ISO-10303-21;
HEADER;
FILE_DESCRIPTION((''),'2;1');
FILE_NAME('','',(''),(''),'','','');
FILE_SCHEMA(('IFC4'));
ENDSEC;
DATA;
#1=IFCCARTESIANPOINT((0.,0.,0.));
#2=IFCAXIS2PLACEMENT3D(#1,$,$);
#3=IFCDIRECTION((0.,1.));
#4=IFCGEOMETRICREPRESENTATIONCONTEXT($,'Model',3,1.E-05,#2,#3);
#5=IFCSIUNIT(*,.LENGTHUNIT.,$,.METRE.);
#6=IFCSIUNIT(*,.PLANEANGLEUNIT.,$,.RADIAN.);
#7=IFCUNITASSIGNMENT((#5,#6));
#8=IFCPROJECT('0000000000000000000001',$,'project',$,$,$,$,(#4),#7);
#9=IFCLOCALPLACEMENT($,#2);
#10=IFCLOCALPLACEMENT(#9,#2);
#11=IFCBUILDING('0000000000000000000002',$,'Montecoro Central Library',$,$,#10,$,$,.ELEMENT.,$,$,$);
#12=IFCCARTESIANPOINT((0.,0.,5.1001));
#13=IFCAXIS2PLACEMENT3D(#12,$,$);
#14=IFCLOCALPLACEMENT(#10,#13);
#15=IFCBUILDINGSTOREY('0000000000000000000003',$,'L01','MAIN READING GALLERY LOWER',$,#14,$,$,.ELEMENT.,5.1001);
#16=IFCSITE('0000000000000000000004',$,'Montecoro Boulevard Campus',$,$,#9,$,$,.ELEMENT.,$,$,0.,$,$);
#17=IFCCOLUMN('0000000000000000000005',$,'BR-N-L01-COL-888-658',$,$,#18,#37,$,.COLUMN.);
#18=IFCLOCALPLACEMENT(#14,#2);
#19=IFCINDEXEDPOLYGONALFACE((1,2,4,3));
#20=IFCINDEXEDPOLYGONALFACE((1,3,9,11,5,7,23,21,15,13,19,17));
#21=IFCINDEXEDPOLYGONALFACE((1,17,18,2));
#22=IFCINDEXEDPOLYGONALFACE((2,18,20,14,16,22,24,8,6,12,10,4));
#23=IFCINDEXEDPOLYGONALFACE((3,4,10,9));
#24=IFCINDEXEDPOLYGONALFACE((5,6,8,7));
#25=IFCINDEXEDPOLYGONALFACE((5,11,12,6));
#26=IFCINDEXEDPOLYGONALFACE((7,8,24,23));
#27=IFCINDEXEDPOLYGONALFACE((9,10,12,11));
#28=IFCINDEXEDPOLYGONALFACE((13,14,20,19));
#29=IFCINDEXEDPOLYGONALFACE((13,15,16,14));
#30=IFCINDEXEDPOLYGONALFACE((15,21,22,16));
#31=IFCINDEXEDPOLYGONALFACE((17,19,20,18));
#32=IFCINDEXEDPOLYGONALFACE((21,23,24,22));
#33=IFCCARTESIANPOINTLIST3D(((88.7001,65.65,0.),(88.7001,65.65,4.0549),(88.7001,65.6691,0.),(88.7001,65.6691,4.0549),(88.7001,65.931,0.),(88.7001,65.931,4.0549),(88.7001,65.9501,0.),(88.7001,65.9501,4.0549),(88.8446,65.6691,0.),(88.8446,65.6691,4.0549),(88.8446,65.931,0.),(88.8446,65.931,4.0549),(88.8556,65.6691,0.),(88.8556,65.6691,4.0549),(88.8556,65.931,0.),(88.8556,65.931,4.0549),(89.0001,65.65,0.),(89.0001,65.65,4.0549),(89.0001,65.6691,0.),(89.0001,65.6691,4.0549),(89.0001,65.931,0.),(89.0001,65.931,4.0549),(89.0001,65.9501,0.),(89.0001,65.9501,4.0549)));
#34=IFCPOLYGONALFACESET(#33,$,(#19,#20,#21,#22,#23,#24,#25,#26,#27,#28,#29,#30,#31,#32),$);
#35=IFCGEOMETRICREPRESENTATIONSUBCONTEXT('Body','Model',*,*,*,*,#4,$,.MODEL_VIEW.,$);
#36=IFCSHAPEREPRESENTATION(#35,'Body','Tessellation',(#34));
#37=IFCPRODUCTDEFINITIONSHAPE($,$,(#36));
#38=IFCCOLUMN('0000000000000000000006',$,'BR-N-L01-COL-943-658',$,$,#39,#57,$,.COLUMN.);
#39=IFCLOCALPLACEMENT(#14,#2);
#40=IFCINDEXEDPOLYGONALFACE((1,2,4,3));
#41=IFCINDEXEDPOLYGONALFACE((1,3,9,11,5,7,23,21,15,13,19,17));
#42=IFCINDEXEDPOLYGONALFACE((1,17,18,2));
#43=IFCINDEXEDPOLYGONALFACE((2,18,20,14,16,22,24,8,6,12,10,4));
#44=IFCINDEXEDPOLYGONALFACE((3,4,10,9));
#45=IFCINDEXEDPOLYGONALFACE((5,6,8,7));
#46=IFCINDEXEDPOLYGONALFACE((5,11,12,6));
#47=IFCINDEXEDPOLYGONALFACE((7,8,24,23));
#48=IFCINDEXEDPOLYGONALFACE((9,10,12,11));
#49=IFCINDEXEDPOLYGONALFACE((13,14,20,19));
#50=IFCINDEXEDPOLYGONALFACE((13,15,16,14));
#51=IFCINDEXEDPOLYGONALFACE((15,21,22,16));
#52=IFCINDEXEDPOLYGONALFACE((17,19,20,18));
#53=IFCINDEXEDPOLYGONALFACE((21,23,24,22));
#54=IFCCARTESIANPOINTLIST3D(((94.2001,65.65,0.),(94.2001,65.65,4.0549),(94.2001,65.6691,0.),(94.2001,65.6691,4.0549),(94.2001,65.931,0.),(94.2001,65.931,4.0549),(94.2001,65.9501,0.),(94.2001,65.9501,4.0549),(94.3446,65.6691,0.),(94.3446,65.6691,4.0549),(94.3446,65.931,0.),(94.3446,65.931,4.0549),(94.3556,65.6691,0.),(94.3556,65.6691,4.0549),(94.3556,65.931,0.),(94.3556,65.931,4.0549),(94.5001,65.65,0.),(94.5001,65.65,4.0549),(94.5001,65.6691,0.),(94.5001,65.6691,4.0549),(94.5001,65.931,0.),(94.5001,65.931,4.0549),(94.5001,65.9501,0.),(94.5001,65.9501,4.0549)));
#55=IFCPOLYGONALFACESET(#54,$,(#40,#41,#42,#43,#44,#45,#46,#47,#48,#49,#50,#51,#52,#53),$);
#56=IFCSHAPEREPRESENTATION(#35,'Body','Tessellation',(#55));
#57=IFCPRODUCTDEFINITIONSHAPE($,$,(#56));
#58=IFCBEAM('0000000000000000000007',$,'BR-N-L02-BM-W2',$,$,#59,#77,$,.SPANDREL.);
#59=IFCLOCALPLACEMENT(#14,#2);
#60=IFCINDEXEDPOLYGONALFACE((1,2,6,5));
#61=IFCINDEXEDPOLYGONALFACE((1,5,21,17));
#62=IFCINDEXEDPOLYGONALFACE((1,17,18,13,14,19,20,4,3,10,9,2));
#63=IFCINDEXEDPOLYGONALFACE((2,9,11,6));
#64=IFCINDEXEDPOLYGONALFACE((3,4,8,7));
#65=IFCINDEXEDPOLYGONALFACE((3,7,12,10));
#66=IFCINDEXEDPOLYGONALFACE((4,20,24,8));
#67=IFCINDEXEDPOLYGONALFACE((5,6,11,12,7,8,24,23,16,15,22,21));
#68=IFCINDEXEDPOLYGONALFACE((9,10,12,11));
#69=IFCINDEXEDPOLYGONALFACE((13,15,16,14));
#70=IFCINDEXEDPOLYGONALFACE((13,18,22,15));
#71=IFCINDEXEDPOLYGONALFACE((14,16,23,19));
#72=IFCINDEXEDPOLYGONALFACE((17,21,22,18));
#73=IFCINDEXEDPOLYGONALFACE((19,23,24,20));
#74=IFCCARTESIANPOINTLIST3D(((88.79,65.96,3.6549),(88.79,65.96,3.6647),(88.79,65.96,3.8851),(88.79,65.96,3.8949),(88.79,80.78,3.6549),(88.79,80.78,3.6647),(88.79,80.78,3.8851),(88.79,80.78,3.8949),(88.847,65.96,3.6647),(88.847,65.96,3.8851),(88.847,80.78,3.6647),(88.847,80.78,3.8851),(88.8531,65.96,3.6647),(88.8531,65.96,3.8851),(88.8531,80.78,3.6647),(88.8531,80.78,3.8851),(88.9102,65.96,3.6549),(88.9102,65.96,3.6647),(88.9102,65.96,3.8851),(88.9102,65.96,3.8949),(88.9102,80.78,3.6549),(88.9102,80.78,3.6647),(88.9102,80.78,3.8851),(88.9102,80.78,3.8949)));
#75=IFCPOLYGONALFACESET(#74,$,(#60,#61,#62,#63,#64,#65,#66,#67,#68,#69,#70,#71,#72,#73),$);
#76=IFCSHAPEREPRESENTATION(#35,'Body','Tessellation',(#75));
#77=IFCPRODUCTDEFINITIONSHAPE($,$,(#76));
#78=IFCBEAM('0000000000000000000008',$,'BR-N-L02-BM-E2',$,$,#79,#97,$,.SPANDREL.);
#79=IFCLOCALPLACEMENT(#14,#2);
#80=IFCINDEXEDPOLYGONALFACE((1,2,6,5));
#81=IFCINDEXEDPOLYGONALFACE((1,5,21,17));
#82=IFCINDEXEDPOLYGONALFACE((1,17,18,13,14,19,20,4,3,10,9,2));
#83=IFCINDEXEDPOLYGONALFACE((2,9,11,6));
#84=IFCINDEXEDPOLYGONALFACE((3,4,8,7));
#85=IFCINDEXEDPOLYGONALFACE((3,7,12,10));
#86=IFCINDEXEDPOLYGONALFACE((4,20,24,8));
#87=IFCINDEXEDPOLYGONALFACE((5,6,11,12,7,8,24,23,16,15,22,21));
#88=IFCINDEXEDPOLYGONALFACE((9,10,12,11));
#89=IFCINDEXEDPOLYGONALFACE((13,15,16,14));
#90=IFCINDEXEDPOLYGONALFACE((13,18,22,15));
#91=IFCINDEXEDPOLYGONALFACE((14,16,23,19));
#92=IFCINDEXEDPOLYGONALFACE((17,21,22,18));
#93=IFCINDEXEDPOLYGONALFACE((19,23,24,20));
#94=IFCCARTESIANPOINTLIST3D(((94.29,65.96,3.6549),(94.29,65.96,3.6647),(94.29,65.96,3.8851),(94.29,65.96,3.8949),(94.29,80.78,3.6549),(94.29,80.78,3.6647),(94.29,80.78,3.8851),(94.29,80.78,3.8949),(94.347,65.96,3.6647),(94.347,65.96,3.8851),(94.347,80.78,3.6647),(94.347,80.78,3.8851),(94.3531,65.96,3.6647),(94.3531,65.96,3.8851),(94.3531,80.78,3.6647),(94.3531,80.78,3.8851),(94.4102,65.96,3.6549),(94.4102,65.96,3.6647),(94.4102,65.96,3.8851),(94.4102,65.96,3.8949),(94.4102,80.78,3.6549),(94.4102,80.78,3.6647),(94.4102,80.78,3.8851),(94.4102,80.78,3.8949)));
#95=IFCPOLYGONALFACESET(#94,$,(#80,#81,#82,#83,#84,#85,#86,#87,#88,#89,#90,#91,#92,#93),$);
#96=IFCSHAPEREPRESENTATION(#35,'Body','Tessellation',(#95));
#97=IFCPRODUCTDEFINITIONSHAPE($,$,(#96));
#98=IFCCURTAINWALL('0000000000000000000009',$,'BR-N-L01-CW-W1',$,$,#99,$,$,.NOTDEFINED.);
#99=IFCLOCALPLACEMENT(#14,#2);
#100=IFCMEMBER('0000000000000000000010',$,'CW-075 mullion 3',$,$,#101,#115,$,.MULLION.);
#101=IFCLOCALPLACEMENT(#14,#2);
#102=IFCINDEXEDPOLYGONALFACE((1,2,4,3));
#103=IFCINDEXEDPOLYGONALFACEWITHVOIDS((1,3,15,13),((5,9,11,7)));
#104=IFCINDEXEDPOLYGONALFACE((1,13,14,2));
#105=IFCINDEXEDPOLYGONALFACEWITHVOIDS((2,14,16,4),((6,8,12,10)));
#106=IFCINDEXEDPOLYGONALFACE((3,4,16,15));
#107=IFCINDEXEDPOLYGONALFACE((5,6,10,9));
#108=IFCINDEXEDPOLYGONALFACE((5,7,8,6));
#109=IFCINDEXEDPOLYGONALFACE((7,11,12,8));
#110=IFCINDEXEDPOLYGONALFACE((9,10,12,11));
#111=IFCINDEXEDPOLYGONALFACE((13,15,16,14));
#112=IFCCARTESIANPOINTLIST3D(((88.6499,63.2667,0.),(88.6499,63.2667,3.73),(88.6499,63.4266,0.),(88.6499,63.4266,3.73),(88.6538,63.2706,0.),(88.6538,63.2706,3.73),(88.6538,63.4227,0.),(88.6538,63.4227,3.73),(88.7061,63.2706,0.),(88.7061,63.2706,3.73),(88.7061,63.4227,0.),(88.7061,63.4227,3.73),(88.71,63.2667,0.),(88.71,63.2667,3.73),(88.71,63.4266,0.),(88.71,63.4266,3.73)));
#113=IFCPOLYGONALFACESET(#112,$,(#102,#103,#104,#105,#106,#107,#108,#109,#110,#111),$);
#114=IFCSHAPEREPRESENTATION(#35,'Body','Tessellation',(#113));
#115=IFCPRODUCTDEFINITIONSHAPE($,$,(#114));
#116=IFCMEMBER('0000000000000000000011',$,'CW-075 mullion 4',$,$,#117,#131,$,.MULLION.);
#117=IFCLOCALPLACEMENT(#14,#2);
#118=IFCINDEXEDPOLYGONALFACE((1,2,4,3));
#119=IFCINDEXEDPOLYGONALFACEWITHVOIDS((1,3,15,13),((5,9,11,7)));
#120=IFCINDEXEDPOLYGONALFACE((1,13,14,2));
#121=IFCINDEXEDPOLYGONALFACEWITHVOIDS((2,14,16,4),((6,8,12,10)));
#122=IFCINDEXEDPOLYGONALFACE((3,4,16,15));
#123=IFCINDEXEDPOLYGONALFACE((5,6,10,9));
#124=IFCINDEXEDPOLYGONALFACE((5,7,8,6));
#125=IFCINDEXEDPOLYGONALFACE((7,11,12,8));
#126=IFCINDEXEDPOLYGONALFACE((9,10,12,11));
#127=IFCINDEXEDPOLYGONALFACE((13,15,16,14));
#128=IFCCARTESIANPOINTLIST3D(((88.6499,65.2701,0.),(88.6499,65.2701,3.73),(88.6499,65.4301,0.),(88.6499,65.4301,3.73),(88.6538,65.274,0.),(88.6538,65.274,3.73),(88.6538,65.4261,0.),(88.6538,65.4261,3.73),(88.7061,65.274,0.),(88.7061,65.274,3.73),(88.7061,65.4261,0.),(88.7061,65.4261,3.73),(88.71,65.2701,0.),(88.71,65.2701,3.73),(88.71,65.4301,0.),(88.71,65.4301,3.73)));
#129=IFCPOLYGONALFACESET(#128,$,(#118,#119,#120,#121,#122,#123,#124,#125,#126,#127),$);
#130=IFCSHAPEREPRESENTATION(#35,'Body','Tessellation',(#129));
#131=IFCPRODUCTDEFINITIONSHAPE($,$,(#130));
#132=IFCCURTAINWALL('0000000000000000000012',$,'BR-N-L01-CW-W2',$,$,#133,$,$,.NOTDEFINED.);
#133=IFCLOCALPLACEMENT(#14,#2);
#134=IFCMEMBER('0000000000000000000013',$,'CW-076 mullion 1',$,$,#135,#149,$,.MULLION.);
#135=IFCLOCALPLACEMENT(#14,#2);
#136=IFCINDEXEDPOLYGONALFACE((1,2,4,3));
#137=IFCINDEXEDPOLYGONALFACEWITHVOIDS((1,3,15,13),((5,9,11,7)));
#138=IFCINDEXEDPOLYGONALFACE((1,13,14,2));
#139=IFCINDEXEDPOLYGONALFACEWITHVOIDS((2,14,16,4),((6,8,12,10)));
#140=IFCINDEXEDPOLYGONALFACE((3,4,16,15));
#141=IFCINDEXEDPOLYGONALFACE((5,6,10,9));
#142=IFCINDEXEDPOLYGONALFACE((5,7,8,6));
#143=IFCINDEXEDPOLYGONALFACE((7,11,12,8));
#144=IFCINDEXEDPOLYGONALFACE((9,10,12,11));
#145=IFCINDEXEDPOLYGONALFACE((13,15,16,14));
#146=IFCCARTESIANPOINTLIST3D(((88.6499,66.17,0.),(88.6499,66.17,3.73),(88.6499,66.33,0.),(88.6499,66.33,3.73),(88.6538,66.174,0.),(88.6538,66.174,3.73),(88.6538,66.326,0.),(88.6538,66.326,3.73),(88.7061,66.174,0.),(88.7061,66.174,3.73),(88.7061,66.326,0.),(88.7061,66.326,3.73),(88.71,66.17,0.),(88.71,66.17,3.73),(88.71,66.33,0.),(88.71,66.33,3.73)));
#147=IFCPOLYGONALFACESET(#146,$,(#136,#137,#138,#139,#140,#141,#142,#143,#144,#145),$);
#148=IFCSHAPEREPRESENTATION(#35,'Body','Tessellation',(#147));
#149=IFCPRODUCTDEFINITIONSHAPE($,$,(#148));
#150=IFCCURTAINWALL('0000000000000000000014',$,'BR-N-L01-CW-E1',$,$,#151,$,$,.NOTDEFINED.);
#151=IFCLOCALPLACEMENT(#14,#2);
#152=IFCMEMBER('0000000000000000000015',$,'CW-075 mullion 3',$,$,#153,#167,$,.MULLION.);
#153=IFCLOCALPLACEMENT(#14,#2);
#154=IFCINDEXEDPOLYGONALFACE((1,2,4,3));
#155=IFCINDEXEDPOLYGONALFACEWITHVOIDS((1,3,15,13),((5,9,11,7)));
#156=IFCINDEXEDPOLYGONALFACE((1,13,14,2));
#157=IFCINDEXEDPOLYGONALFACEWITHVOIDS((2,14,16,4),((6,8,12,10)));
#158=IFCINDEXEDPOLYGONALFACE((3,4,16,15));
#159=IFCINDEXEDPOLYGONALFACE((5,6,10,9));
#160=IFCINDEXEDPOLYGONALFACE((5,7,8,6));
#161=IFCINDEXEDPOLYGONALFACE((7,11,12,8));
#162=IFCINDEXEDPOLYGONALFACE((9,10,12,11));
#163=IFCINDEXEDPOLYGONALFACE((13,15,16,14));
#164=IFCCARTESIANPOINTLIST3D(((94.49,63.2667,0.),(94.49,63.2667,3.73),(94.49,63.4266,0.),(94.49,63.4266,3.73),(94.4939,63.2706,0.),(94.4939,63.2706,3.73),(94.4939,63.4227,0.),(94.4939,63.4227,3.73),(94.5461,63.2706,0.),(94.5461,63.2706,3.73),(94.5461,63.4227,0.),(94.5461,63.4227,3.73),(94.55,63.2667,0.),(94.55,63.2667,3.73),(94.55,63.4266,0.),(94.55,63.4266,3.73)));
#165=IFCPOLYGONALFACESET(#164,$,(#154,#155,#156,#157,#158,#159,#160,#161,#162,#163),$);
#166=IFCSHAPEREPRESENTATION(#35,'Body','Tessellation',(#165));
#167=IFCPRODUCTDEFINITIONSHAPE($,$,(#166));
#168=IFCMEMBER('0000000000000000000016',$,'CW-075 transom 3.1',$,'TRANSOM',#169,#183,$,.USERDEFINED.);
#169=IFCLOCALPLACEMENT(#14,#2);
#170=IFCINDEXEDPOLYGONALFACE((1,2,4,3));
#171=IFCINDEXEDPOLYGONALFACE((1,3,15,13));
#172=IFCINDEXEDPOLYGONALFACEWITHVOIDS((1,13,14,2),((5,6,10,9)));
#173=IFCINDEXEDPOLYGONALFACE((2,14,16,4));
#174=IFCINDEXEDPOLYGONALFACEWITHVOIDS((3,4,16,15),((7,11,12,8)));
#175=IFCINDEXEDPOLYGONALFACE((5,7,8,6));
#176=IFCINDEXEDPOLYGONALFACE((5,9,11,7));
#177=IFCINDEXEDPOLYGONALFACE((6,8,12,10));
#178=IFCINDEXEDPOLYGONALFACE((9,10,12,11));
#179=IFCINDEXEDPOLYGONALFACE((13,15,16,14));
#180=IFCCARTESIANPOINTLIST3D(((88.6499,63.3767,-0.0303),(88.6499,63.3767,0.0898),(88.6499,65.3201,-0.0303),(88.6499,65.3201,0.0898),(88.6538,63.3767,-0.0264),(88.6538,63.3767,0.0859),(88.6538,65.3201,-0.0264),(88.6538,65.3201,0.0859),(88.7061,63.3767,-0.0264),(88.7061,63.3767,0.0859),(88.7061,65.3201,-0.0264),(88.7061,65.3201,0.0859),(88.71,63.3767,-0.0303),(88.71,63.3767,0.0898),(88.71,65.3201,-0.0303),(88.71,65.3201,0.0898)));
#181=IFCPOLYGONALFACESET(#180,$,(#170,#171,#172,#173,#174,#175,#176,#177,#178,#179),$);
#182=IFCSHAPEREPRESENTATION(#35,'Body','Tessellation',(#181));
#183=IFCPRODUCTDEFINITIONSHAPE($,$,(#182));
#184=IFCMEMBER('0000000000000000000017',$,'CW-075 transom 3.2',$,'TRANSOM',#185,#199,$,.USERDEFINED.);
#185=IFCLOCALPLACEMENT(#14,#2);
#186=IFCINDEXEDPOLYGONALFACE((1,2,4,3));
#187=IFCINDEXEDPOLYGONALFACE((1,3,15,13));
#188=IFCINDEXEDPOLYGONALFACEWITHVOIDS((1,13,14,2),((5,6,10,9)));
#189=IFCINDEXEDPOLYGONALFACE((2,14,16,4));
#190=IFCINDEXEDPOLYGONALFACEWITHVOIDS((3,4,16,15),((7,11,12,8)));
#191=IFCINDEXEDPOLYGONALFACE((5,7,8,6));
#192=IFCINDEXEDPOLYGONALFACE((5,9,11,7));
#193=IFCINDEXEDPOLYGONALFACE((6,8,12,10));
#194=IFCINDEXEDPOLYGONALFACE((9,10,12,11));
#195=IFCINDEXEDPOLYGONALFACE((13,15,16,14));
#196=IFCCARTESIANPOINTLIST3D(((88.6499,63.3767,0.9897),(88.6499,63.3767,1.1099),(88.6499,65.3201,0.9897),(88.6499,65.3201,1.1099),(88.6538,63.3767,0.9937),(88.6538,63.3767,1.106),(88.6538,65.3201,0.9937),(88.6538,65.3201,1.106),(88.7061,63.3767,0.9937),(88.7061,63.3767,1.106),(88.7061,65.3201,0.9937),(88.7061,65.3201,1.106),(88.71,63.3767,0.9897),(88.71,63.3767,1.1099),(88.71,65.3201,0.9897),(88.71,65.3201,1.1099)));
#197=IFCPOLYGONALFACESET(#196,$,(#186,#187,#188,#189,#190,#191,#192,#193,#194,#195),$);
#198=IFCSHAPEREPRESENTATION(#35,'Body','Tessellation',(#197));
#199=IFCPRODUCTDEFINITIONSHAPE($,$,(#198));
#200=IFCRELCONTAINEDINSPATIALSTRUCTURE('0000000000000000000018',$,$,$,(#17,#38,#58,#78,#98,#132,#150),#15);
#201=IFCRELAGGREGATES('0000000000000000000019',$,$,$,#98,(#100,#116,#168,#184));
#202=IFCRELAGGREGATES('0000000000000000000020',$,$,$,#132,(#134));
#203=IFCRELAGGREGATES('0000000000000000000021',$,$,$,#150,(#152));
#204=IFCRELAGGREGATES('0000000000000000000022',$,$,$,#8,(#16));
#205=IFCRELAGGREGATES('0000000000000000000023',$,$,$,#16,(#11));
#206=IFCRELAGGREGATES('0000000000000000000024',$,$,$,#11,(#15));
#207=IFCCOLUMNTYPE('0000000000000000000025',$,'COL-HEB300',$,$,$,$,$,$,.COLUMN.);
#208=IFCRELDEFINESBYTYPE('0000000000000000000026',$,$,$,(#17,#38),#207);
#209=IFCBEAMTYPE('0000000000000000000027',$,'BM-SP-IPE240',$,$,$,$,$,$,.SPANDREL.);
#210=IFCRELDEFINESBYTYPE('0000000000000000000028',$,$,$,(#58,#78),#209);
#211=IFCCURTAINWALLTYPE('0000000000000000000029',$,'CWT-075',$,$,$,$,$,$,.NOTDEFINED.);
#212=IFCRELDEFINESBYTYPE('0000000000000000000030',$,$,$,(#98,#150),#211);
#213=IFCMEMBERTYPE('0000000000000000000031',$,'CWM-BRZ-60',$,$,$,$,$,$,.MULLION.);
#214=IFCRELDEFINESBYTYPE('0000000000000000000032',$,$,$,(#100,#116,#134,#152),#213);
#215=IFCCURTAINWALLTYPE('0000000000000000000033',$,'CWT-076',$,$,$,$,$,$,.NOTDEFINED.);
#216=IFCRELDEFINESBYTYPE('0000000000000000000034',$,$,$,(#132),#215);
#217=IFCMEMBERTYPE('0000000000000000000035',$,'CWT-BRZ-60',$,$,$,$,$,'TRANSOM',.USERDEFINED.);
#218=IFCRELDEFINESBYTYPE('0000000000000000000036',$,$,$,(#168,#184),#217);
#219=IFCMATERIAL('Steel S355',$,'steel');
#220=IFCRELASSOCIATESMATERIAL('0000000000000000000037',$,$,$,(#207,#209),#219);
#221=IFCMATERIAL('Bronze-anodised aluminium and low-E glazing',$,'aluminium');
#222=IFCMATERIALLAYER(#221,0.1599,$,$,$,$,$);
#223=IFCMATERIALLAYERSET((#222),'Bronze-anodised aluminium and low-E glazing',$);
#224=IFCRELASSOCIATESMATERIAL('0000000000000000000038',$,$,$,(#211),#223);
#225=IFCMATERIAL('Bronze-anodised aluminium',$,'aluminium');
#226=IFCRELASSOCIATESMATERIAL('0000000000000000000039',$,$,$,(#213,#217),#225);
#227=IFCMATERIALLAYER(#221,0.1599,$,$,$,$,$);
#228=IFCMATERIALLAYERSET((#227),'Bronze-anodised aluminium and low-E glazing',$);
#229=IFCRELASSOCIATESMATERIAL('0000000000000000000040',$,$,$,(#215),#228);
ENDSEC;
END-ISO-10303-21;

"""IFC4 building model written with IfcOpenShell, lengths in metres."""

from ifc_helpers import new_model, si_unit, direction, frame, origin, origin_2d, place, context, subcontext, project, spatial, hollow_rectangle, i_section, extrude, material, layer, layer_set, material_profile, profile_set, type_object, element, aggregate, save


model = new_model("IFC4")

# Units and contexts
model_context = context("Model", 3, precision=1e-05, world=origin(), true_north=direction((0.0, 1.0)))
body_context = subcontext(model_context, "Body", "Model", "MODEL_VIEW")
ifc_project = project(units=[si_unit("LENGTHUNIT", "METRE"), si_unit("PLANEANGLEUNIT", "RADIAN")], contexts=[model_context])

# Site, building, storey
site_placement = place(None, origin())
site = spatial("IfcSite", under=ifc_project, at=site_placement, Name="Montecoro Boulevard Campus", CompositionType="ELEMENT", RefElevation=0.0)
building_placement = place(site_placement, origin())
building = spatial("IfcBuilding", under=site, at=building_placement, Name="Montecoro Central Library", CompositionType="ELEMENT")
storey_placement = place(building_placement, frame((0.0, 0.0, 5.1001)))
storey = spatial("IfcBuildingStorey", under=building, at=storey_placement, Name="L01", Description="MAIN READING GALLERY LOWER", CompositionType="ELEMENT", Elevation=5.1001)

# Columns
ifc_material_1 = material(Name="Steel S355", Category="steel")
ifc_material_profile_1 = material_profile(ifc_material_1, i_section(OverallWidth=0.3, OverallDepth=0.3, WebThickness=0.011, FlangeThickness=0.019, at=origin_2d()), Name="HEB 300")
ifc_profile_set_1 = profile_set([ifc_material_profile_1], Name="Steel S355")
column_type = type_object("IfcColumnType", Name="COL-HEB300", PredefinedType="COLUMN", material=ifc_profile_set_1)
for number, where, z_axis, x_axis, name in (
    (1, (88.8501, 65.8, 0.0), (0.0, 0.0, 1.0), (1.0, 0.0, 0.0), "BR-N-L01-COL-888-658"),
    (2, (94.3501, 65.8, 0.0), (0.0, 0.0, 1.0), (1.0, 0.0, 0.0), "BR-N-L01-COL-943-658"),
):
    element("IfcColumn", number, at=place(storey_placement, frame(where, z_axis=z_axis, x_axis=x_axis)), inside=storey, type_object=column_type, Name=name, PredefinedType="COLUMN", context=body_context, shape_type="SweptSolid", body=[
        extrude(i_section(OverallWidth=0.3, OverallDepth=0.3, WebThickness=0.011, FlangeThickness=0.019, at=origin_2d()), origin(), (0.0, 0.0, 1.0), 4.0549),
    ])

# Beams
ifc_material_profile_2 = material_profile(ifc_material_1, i_section(OverallWidth=0.1201, OverallDepth=0.24, WebThickness=0.0061, FlangeThickness=0.0098, at=origin_2d()), Name="IPE 240")
ifc_profile_set_2 = profile_set([ifc_material_profile_2], Name="Steel S355")
beam_type = type_object("IfcBeamType", Name="BM-SP-IPE240", PredefinedType="SPANDREL", material=ifc_profile_set_2)
for number, where, z_axis, x_axis, name in (
    (3, (88.8501, 65.96, 3.7749), (0.0, 1.0, 0.0), (-1.0, 0.0, 0.0), "BR-N-L02-BM-W2"),
    (4, (94.3501, 65.96, 3.7749), (0.0, 1.0, 0.0), (-1.0, 0.0, 0.0), "BR-N-L02-BM-E2"),
):
    element("IfcBeam", number, at=place(storey_placement, frame(where, z_axis=z_axis, x_axis=x_axis)), inside=storey, type_object=beam_type, Name=name, PredefinedType="SPANDREL", context=body_context, shape_type="SweptSolid", body=[
        extrude(i_section(OverallWidth=0.1201, OverallDepth=0.24, WebThickness=0.0061, FlangeThickness=0.0098, at=origin_2d()), origin(), (0.0, 0.0, 1.0), 14.8201),
    ])

# Curtain wall, members
ifc_material_2 = material(Name="Bronze-anodised aluminium and low-E glazing", Category="aluminium")
ifc_layer_1 = layer(ifc_material_2, 0.1599)
ifc_layer_set_1 = layer_set([ifc_layer_1], Name="Bronze-anodised aluminium and low-E glazing")
curtain_wall_type_1 = type_object("IfcCurtainWallType", Name="CWT-075", PredefinedType="NOTDEFINED", material=ifc_layer_set_1)
curtain_wall_1_placement = place(storey_placement, origin())
curtain_wall_1 = element("IfcCurtainWall", 5, at=curtain_wall_1_placement, inside=storey, type_object=curtain_wall_type_1, Name="BR-N-L01-CW-W1", PredefinedType="NOTDEFINED")
ifc_material_3 = material(Name="Bronze-anodised aluminium", Category="aluminium")
ifc_material_profile_3 = material_profile(ifc_material_3, hollow_rectangle(XDim=0.0601, YDim=0.1599, WallThickness=0.0039, at=origin_2d()), Name="CWM 160x60x4.0")
ifc_profile_set_3 = profile_set([ifc_material_profile_3], Name="Bronze-anodised aluminium")
member_type_1 = type_object("IfcMemberType", Name="CWM-BRZ-60", PredefinedType="MULLION", material=ifc_profile_set_3)
member_1_placement = place(storey_placement, frame((88.6799, 63.3467, 0.0), z_axis=(0.0, 0.0, 1.0), x_axis=(-1.0, 0.0, 0.0)))
member_1 = element("IfcMember", 6, at=member_1_placement, type_object=member_type_1, Name="CW-075 mullion 3", PredefinedType="MULLION", context=body_context, shape_type="SweptSolid", body=[
    extrude(hollow_rectangle(XDim=0.0601, YDim=0.1599, WallThickness=0.0039, at=origin_2d()), origin(), (0.0, 0.0, 1.0), 3.73),
])
member_2_placement = place(storey_placement, frame((88.6799, 65.3501, 0.0), z_axis=(0.0, 0.0, 1.0), x_axis=(-1.0, 0.0, 0.0)))
member_2 = element("IfcMember", 7, at=member_2_placement, type_object=member_type_1, Name="CW-075 mullion 4", PredefinedType="MULLION", context=body_context, shape_type="SweptSolid", body=[
    extrude(hollow_rectangle(XDim=0.0601, YDim=0.1599, WallThickness=0.0039, at=origin_2d()), origin(), (0.0, 0.0, 1.0), 3.73),
])

# Curtain walls, members
ifc_layer_2 = layer(ifc_material_2, 0.1599)
ifc_layer_set_2 = layer_set([ifc_layer_2], Name="Bronze-anodised aluminium and low-E glazing")
curtain_wall_type_2 = type_object("IfcCurtainWallType", Name="CWT-076", PredefinedType="NOTDEFINED", material=ifc_layer_set_2)
curtain_wall_2_placement = place(storey_placement, origin())
curtain_wall_2 = element("IfcCurtainWall", 8, at=curtain_wall_2_placement, inside=storey, type_object=curtain_wall_type_2, Name="BR-N-L01-CW-W2", PredefinedType="NOTDEFINED")
member_3_placement = place(storey_placement, frame((88.6799, 66.25, 0.0), z_axis=(0.0, 0.0, 1.0), x_axis=(-1.0, 0.0, 0.0)))
member_3 = element("IfcMember", 9, at=member_3_placement, type_object=member_type_1, Name="CW-076 mullion 1", PredefinedType="MULLION", context=body_context, shape_type="SweptSolid", body=[
    extrude(hollow_rectangle(XDim=0.0601, YDim=0.1599, WallThickness=0.0039, at=origin_2d()), origin(), (0.0, 0.0, 1.0), 3.73),
])
curtain_wall_3_placement = place(storey_placement, origin())
curtain_wall_3 = element("IfcCurtainWall", 10, at=curtain_wall_3_placement, inside=storey, type_object=curtain_wall_type_1, Name="BR-N-L01-CW-E1", PredefinedType="NOTDEFINED")
member_4_placement = place(storey_placement, frame((94.52, 63.3467, 0.0), z_axis=(0.0, 0.0, 1.0), x_axis=(-1.0, 0.0, 0.0)))
member_4 = element("IfcMember", 11, at=member_4_placement, type_object=member_type_1, Name="CW-075 mullion 3", PredefinedType="MULLION", context=body_context, shape_type="SweptSolid", body=[
    extrude(hollow_rectangle(XDim=0.0601, YDim=0.1599, WallThickness=0.0039, at=origin_2d()), origin(), (0.0, 0.0, 1.0), 3.73),
])

# Members
ifc_material_profile_4 = material_profile(ifc_material_3, hollow_rectangle(XDim=0.0601, YDim=0.1201, WallThickness=0.0039, at=origin_2d()), Name="CWT 120x60x4.0")
ifc_profile_set_4 = profile_set([ifc_material_profile_4], Name="Bronze-anodised aluminium")
member_type_2 = type_object("IfcMemberType", Name="CWT-BRZ-60", ElementType="TRANSOM", PredefinedType="USERDEFINED", material=ifc_profile_set_4)
member_5_placement = place(storey_placement, frame((88.6799, 63.3767, 0.0298), z_axis=(0.0, 1.0, 0.0), x_axis=(-1.0, 0.0, 0.0)))
member_5 = element("IfcMember", 12, at=member_5_placement, type_object=member_type_2, Name="CW-075 transom 3.1", ObjectType="TRANSOM", PredefinedType="USERDEFINED", context=body_context, shape_type="SweptSolid", body=[
    extrude(hollow_rectangle(XDim=0.0601, YDim=0.1201, WallThickness=0.0039, at=origin_2d()), origin(), (0.0, 0.0, 1.0), 1.9434),
])
member_6_placement = place(storey_placement, frame((88.6799, 63.3767, 1.0498), z_axis=(0.0, 1.0, 0.0), x_axis=(-1.0, 0.0, 0.0)))
member_6 = element("IfcMember", 13, at=member_6_placement, type_object=member_type_2, Name="CW-075 transom 3.2", ObjectType="TRANSOM", PredefinedType="USERDEFINED", context=body_context, shape_type="SweptSolid", body=[
    extrude(hollow_rectangle(XDim=0.0601, YDim=0.1201, WallThickness=0.0039, at=origin_2d()), origin(), (0.0, 0.0, 1.0), 1.9434),
])

aggregate(curtain_wall_1, [member_1, member_2, member_5, member_6])
aggregate(curtain_wall_2, [member_3])
aggregate(curtain_wall_3, [member_4])

save(model, "model.ifc")
